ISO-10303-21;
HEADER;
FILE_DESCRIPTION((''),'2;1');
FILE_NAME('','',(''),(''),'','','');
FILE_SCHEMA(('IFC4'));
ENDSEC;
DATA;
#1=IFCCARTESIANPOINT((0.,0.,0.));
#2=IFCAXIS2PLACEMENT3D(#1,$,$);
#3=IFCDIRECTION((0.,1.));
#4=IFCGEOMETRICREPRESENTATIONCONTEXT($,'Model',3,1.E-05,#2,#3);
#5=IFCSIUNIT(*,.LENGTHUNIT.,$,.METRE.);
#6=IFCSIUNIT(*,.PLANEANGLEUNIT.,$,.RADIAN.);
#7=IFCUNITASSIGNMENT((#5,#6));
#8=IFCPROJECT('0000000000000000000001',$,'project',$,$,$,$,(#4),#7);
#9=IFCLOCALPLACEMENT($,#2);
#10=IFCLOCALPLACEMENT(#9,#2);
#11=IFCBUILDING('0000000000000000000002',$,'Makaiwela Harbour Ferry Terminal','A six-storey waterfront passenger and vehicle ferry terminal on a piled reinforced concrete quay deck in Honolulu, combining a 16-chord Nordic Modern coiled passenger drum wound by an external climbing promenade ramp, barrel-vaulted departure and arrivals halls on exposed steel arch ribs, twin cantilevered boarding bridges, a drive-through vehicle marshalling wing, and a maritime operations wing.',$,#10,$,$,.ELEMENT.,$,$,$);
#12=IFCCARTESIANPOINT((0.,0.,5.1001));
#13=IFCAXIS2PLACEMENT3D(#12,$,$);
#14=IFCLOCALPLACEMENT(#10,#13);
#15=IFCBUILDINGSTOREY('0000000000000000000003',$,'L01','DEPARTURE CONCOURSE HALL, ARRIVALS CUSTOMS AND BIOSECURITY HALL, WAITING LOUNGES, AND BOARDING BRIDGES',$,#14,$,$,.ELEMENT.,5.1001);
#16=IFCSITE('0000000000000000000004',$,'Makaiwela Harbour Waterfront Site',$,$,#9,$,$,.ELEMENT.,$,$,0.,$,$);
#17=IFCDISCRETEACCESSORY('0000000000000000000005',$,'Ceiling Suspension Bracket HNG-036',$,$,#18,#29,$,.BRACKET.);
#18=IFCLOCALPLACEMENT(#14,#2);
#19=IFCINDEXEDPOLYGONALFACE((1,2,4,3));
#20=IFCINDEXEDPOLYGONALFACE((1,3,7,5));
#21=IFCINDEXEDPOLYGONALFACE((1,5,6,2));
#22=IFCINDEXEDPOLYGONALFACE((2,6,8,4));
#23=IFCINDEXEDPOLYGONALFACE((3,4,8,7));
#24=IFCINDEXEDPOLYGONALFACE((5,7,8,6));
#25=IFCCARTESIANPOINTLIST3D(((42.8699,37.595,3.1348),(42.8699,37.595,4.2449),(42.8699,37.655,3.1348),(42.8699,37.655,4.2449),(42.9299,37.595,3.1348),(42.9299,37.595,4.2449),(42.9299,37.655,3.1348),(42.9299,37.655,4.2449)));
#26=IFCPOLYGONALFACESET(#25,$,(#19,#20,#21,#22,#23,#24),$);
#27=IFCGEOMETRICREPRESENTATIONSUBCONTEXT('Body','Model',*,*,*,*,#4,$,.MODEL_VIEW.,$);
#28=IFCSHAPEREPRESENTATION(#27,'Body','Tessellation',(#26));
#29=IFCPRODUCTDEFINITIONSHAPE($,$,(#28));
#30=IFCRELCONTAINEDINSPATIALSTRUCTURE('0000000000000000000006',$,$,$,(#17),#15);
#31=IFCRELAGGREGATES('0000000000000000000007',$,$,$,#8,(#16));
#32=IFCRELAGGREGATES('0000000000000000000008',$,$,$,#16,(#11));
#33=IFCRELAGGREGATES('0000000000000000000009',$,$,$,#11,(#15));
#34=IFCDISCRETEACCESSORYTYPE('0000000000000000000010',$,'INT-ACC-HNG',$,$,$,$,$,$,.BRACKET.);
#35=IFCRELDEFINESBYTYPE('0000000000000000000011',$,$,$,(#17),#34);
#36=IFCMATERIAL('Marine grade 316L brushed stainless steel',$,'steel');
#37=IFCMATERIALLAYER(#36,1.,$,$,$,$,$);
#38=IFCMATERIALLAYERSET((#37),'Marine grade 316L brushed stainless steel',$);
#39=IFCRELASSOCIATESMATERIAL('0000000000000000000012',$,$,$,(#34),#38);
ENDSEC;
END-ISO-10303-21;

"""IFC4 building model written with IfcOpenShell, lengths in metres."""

from ifc_helpers import new_model, si_unit, direction, frame, origin, origin_2d, place, context, subcontext, project, spatial, rectangle, extrude, material, layer, layer_set, type_object, element, save


model = new_model("IFC4")

# Units and contexts
model_context = context("Model", 3, precision=1e-05, world=origin(), true_north=direction((0.0, 1.0)))
body_context = subcontext(model_context, "Body", "Model", "MODEL_VIEW")
ifc_project = project(units=[si_unit("LENGTHUNIT", "METRE"), si_unit("PLANEANGLEUNIT", "RADIAN")], contexts=[model_context])

# Site, building, storey
site_placement = place(None, origin())
site = spatial("IfcSite", under=ifc_project, at=site_placement, Name="Makaiwela Harbour Waterfront Site", CompositionType="ELEMENT", RefElevation=0.0)
building_placement = place(site_placement, origin())
building = spatial("IfcBuilding", under=site, at=building_placement, Name="Makaiwela Harbour Ferry Terminal", Description="A six-storey waterfront passenger and vehicle ferry terminal on a piled reinforced concrete quay deck in Honolulu, combining a 16-chord Nordic Modern coiled passenger drum wound by an external climbing promenade ramp, barrel-vaulted departure and arrivals halls on exposed steel arch ribs, twin cantilevered boarding bridges, a drive-through vehicle marshalling wing, and a maritime operations wing.", CompositionType="ELEMENT")
storey_placement = place(building_placement, frame((0.0, 0.0, 5.1001)))
storey = spatial("IfcBuildingStorey", under=building, at=storey_placement, Name="L01", Description="DEPARTURE CONCOURSE HALL, ARRIVALS CUSTOMS AND BIOSECURITY HALL, WAITING LOUNGES, AND BOARDING BRIDGES", CompositionType="ELEMENT", Elevation=5.1001)

# Shared definitions
ifc_material_1 = material(Name="Marine grade 316L brushed stainless steel", Category="steel")

# Discrete accessory
ifc_layer_1 = layer(ifc_material_1, 1.0)
ifc_layer_set_1 = layer_set([ifc_layer_1], Name="Marine grade 316L brushed stainless steel")
discrete_accessory_type = type_object("IfcDiscreteAccessoryType", Name="INT-ACC-HNG", PredefinedType="BRACKET", material=ifc_layer_set_1)
discrete_accessory_placement = place(storey_placement, frame((42.8999, 37.625, 3.1348), z_axis=(0.0, 0.0, 1.0), x_axis=(1.0, 0.0, 0.0)))
element("IfcDiscreteAccessory", 1, at=discrete_accessory_placement, inside=storey, type_object=discrete_accessory_type, Name="Ceiling Suspension Bracket HNG-036", PredefinedType="BRACKET", context=body_context, shape_type="SweptSolid", body=[
    extrude(rectangle(XDim=0.0601, YDim=0.0601, at=origin_2d()), origin(), (0.0, 0.0, 1.0), 1.1101),
])

save(model, "model.ifc")
